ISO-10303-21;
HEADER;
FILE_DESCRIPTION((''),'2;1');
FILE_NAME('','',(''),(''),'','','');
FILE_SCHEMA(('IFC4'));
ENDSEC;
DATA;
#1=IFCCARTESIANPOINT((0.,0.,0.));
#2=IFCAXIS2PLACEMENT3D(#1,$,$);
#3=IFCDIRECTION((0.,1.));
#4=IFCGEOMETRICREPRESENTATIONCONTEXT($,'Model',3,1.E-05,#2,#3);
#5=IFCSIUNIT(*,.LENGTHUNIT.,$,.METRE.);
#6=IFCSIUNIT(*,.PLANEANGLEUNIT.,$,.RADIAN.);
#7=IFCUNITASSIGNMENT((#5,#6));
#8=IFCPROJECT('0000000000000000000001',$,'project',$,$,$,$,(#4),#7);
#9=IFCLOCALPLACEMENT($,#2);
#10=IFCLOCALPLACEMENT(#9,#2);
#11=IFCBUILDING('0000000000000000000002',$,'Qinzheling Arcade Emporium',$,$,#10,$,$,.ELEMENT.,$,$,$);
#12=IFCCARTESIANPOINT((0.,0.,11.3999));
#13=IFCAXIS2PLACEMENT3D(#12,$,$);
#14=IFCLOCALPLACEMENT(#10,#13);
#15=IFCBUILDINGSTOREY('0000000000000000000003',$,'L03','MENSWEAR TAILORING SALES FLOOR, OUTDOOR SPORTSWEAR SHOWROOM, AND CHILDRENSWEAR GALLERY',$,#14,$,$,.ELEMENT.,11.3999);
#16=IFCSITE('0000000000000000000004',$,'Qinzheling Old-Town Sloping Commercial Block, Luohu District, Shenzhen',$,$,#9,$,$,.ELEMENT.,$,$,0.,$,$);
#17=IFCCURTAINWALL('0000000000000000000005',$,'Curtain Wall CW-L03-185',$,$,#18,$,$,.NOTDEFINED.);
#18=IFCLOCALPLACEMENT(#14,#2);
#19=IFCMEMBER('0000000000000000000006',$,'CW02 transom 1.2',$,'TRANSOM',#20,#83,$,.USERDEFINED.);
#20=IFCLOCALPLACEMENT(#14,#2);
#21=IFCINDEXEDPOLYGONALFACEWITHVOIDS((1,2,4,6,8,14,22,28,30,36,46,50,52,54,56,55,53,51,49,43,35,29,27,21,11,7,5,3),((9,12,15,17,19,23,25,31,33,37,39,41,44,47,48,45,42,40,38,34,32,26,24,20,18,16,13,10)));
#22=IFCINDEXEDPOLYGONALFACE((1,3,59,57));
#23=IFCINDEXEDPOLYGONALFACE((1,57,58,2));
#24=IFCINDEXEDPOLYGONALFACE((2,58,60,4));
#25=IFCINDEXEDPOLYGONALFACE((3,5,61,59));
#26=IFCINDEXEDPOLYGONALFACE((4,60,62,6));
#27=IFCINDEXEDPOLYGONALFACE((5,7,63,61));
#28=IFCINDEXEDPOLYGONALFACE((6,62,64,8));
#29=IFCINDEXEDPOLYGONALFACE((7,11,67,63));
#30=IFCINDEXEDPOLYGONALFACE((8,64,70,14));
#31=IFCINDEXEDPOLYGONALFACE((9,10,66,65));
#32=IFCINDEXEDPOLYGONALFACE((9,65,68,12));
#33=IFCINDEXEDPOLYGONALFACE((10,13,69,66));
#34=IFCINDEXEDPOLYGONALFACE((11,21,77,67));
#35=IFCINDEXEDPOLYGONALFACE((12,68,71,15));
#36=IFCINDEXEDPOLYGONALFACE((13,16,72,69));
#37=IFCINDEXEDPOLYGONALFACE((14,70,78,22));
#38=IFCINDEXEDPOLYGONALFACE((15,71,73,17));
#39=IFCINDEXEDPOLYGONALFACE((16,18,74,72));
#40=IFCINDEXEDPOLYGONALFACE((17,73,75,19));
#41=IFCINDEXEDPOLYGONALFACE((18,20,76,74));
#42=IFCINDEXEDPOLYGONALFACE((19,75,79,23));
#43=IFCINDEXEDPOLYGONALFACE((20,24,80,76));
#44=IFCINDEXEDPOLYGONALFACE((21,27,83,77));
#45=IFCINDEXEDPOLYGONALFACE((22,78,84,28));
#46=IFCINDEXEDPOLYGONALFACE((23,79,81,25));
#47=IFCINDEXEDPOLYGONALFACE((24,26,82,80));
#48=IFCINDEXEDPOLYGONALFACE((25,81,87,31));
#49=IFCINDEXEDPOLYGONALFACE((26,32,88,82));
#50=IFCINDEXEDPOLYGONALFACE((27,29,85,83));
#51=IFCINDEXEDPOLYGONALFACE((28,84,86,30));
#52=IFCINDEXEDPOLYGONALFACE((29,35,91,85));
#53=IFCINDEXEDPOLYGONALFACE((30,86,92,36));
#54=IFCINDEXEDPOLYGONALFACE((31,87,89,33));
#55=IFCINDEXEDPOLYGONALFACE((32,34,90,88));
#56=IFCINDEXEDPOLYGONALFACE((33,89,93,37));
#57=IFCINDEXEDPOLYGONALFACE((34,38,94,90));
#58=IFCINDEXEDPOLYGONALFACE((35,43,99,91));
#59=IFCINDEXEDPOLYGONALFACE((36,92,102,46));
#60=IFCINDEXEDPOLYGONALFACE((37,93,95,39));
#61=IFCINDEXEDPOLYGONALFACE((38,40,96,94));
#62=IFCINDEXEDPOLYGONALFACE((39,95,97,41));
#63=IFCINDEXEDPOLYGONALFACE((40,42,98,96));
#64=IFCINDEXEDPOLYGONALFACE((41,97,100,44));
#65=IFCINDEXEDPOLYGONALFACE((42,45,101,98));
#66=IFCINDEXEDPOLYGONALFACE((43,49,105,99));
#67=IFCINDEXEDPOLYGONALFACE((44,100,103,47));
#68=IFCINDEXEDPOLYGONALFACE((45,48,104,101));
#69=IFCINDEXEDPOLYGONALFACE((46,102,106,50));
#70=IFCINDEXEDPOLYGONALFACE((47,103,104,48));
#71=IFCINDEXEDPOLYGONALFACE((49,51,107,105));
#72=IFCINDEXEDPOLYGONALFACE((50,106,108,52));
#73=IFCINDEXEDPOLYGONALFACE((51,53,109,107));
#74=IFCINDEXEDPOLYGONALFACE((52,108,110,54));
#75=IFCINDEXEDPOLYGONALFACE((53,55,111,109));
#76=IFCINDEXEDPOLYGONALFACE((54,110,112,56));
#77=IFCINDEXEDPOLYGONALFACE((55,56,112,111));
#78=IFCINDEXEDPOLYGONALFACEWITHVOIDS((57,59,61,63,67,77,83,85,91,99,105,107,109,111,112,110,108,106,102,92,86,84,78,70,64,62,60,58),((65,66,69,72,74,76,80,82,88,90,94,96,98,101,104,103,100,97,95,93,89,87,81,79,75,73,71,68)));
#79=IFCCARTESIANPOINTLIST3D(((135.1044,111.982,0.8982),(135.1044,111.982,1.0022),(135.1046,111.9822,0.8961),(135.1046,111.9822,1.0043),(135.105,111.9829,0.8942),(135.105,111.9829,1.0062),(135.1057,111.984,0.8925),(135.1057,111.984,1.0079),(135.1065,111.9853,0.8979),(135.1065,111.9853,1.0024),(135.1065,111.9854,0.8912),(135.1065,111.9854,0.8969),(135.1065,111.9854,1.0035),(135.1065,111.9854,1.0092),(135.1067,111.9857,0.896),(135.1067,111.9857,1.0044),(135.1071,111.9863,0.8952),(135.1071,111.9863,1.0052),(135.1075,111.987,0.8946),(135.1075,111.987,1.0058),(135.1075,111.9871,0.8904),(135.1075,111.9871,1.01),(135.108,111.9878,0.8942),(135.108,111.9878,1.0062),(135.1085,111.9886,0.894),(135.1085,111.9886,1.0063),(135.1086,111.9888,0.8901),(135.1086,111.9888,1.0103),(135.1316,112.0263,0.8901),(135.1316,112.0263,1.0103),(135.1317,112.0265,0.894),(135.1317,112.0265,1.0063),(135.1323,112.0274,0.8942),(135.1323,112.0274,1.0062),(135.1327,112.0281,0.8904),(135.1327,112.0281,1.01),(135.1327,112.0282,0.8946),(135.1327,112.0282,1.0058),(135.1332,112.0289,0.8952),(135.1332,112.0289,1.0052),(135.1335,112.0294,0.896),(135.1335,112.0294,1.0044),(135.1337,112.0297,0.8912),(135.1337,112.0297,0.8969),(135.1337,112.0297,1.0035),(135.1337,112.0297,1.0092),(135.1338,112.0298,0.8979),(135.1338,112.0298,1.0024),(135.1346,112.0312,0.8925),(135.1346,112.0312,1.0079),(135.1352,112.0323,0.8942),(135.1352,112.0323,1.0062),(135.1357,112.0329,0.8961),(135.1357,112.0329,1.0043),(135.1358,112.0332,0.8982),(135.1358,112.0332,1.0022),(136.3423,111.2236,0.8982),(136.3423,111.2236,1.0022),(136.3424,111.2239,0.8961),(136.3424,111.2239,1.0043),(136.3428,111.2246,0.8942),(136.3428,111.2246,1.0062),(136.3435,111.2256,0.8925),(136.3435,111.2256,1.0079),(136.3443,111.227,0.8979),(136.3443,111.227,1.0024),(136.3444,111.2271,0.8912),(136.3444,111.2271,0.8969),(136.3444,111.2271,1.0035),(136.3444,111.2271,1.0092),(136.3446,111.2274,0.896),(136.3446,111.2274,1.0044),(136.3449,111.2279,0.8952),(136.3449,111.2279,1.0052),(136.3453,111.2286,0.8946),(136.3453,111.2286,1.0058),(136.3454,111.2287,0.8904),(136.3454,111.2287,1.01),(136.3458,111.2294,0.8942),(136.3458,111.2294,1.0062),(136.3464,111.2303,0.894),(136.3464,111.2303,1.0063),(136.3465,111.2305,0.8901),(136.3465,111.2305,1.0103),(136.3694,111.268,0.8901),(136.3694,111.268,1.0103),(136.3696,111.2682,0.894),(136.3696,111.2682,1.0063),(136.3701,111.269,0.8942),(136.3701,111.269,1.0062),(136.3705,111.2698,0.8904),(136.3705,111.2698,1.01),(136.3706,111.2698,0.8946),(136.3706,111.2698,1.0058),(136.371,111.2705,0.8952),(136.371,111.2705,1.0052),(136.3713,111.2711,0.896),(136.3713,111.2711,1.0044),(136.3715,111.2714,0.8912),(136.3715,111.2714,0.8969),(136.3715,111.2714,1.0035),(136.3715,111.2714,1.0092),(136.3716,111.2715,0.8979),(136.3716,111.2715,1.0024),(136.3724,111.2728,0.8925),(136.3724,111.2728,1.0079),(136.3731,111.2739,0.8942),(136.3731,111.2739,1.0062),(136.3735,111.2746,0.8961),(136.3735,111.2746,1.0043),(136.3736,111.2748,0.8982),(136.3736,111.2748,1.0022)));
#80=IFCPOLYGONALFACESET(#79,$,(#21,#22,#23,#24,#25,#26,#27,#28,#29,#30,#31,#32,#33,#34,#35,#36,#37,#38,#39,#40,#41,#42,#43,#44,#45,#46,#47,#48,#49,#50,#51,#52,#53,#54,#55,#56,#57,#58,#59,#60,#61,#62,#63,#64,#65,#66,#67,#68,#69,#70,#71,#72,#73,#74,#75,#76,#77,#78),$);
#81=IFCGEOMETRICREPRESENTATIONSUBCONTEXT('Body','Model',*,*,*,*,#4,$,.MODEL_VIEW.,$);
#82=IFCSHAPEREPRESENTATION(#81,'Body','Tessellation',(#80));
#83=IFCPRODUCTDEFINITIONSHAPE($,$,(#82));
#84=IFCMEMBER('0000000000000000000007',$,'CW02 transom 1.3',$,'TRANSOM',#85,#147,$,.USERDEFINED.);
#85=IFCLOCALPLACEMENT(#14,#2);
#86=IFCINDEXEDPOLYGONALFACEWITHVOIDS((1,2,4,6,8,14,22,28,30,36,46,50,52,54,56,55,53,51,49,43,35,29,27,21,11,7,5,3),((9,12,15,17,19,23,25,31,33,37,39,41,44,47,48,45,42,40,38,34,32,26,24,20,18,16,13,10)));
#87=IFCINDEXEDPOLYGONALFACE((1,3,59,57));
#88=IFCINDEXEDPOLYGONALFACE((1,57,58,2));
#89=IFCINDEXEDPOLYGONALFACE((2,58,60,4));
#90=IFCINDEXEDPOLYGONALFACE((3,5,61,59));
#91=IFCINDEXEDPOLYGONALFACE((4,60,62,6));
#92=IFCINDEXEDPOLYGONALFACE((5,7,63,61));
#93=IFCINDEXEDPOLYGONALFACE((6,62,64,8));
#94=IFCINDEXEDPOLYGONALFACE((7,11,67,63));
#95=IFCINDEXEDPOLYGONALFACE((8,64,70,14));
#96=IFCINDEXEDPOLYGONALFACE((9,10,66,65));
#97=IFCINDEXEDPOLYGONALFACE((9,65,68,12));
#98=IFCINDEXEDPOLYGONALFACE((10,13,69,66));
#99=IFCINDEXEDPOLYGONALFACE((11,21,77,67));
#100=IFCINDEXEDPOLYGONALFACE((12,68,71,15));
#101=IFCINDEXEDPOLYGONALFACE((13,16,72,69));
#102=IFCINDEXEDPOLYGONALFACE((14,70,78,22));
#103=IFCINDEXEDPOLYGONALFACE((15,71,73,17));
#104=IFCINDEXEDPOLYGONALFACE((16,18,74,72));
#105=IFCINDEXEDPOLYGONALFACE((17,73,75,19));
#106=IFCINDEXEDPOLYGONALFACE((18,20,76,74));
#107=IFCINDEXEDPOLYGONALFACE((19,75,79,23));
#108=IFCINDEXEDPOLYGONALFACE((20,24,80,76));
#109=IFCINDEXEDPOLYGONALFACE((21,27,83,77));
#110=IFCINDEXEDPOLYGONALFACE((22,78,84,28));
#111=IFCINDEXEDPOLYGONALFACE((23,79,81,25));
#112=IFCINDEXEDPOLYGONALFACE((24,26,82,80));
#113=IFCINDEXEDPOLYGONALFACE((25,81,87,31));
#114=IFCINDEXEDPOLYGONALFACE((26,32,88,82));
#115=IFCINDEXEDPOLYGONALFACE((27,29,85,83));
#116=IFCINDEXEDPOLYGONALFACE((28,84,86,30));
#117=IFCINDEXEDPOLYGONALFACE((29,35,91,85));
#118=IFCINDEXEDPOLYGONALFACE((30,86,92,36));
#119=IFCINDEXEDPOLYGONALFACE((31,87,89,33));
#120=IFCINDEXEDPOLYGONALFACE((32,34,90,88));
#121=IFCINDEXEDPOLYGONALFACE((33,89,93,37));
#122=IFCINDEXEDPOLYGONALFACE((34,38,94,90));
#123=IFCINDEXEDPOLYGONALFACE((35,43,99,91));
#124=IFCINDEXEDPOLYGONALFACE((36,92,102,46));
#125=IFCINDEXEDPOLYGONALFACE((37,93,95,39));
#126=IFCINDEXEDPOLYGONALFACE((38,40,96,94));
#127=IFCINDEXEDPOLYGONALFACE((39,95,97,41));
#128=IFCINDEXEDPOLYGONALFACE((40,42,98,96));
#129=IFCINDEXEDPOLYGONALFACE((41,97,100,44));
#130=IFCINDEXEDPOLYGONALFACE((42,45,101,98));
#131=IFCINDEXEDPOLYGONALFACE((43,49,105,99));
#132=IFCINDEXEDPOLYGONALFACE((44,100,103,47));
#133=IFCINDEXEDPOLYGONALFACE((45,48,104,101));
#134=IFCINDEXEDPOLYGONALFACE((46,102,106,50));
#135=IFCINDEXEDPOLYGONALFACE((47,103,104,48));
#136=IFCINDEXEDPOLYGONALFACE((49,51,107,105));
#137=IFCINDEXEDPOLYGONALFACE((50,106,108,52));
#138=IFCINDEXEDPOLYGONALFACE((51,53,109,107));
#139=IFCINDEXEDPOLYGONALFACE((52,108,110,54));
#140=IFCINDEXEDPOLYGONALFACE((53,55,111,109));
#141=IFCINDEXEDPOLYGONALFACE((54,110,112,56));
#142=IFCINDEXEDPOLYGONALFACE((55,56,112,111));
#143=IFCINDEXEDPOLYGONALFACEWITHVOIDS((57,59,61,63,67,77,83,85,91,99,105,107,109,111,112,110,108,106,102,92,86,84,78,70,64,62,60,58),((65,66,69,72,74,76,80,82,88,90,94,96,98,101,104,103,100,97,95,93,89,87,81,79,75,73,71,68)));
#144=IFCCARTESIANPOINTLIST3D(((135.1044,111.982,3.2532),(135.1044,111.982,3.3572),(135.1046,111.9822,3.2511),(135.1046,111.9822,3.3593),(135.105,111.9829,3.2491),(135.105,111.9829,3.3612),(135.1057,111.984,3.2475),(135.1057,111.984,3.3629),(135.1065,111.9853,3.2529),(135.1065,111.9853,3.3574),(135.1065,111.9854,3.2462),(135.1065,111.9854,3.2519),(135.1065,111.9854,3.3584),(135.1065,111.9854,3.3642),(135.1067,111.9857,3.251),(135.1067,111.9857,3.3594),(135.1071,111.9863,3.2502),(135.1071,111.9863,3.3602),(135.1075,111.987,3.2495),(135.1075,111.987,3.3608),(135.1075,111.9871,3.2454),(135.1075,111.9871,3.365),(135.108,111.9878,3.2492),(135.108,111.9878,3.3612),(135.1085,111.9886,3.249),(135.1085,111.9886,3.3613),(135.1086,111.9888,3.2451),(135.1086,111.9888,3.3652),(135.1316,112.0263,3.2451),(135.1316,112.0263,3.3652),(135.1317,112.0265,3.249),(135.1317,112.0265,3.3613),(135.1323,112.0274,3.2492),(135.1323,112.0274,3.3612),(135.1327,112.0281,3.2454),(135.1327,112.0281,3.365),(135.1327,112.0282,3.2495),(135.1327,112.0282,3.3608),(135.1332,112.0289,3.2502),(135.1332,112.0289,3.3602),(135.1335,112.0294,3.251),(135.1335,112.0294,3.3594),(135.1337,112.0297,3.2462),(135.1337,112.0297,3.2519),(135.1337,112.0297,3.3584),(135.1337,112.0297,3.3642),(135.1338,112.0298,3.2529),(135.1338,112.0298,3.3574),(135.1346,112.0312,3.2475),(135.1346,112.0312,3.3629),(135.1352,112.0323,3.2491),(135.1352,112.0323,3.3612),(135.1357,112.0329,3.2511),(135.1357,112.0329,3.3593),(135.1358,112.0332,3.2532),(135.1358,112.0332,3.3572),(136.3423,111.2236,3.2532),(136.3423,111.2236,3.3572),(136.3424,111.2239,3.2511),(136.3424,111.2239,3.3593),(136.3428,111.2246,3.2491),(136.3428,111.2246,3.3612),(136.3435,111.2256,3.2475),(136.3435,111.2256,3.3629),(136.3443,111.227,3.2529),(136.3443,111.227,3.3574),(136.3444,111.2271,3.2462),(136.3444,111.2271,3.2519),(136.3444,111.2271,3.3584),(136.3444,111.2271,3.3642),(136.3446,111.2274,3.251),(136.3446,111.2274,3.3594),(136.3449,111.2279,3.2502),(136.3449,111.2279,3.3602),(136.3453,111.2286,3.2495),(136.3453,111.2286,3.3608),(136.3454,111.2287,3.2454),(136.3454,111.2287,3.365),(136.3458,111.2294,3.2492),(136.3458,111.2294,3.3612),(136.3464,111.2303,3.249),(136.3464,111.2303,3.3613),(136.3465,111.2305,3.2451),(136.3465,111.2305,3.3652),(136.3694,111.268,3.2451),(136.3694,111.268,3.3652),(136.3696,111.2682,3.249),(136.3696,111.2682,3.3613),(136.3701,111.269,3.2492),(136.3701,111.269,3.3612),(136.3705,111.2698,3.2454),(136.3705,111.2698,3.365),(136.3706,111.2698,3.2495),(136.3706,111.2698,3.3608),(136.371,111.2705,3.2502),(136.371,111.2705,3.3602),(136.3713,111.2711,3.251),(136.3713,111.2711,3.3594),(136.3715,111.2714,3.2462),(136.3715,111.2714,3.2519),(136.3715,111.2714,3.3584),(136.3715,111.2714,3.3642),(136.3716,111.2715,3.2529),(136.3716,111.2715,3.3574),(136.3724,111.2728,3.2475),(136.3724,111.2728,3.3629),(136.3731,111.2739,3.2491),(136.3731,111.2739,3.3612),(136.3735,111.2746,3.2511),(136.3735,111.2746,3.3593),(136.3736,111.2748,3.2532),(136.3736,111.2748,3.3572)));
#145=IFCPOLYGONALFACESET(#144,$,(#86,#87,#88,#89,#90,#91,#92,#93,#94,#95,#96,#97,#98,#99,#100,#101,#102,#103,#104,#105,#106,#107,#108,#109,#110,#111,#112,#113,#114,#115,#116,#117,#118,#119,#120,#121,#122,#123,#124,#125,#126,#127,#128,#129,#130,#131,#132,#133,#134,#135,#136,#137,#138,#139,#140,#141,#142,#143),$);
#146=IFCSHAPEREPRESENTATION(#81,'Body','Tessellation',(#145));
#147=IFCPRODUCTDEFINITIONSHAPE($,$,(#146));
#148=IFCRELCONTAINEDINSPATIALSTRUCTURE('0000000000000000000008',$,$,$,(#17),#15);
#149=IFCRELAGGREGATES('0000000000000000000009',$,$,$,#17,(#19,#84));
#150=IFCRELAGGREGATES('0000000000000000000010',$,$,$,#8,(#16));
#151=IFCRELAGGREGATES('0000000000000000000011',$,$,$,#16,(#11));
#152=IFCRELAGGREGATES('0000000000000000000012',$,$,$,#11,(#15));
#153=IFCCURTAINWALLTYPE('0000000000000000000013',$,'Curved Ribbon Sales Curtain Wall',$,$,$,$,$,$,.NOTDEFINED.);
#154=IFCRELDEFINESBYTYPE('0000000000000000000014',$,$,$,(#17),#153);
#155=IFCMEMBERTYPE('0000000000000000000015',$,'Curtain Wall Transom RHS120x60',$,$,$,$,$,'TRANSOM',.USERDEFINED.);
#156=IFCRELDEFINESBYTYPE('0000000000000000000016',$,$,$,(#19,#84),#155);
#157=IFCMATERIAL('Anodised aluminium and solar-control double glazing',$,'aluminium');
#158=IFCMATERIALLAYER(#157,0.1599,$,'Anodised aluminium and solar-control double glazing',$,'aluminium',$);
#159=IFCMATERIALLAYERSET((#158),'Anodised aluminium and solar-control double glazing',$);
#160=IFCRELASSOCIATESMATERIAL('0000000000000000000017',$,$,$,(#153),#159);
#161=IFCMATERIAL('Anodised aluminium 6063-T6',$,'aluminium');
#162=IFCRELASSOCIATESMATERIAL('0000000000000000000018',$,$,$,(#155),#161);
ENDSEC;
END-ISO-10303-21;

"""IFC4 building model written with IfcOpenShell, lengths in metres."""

from ifc_helpers import new_model, si_unit, direction, frame, origin, origin_2d, place, context, subcontext, project, spatial, hollow_rectangle, extrude, material, layer, layer_set, material_profile, profile_set, type_object, element, aggregate, save


model = new_model("IFC4")

# Units and contexts
model_context = context("Model", 3, precision=1e-05, world=origin(), true_north=direction((0.0, 1.0)))
body_context = subcontext(model_context, "Body", "Model", "MODEL_VIEW")
ifc_project = project(units=[si_unit("LENGTHUNIT", "METRE"), si_unit("PLANEANGLEUNIT", "RADIAN")], contexts=[model_context])

# Site, building, storey
site_placement = place(None, origin())
site = spatial("IfcSite", under=ifc_project, at=site_placement, Name="Qinzheling Old-Town Sloping Commercial Block, Luohu District, Shenzhen", CompositionType="ELEMENT", RefElevation=0.0)
building_placement = place(site_placement, origin())
building = spatial("IfcBuilding", under=site, at=building_placement, Name="Qinzheling Arcade Emporium", CompositionType="ELEMENT")
storey_placement = place(building_placement, frame((0.0, 0.0, 11.3999)))
storey = spatial("IfcBuildingStorey", under=building, at=storey_placement, Name="L03", Description="MENSWEAR TAILORING SALES FLOOR, OUTDOOR SPORTSWEAR SHOWROOM, AND CHILDRENSWEAR GALLERY", CompositionType="ELEMENT", Elevation=11.3999)

# Curtain wall
ifc_material_1 = material(Name="Anodised aluminium and solar-control double glazing", Category="aluminium")
ifc_layer_1 = layer(ifc_material_1, 0.1599, Name="Anodised aluminium and solar-control double glazing", Category="aluminium")
ifc_layer_set_1 = layer_set([ifc_layer_1], Name="Anodised aluminium and solar-control double glazing")
curtain_wall_type = type_object("IfcCurtainWallType", Name="Curved Ribbon Sales Curtain Wall", PredefinedType="NOTDEFINED", material=ifc_layer_set_1)
ifc_material_2 = material(Name="Anodised aluminium 6063-T6", Category="aluminium")
curtain_wall_1_placement = place(storey_placement, origin())
curtain_wall_1 = element("IfcCurtainWall", 1, at=curtain_wall_1_placement, inside=storey, type_object=curtain_wall_type, Name="Curtain Wall CW-L03-185", PredefinedType="NOTDEFINED")

# Members
ifc_material_profile_1 = material_profile(ifc_material_2, hollow_rectangle(XDim=0.0601, YDim=0.1201, WallThickness=0.0039, InnerFilletRadius=0.0039, OuterFilletRadius=0.0081, at=origin_2d()), Name="RHS 120x60x4", Category="aluminium")
ifc_profile_set_1 = profile_set([ifc_material_profile_1], Name="Anodised aluminium 6063-T6")
member_type_1 = type_object("IfcMemberType", Name="Curtain Wall Transom RHS120x60", ElementType="TRANSOM", PredefinedType="USERDEFINED", material=ifc_profile_set_1)
member_1_placement = place(storey_placement, frame((135.1201, 112.0076, 0.9502), z_axis=(0.852708, -0.522389, 0.0), x_axis=(0.522389, 0.852708, 0.0)))
member_1 = element("IfcMember", 2, at=member_1_placement, type_object=member_type_1, Name="CW02 transom 1.2", ObjectType="TRANSOM", PredefinedType="USERDEFINED", context=body_context, shape_type="SweptSolid", body=[
    extrude(hollow_rectangle(XDim=0.0601, YDim=0.1201, WallThickness=0.0039, InnerFilletRadius=0.0039, OuterFilletRadius=0.0081, at=origin_2d()), origin(), (0.0, 0.0, 1.0), 1.4517),
])
member_2_placement = place(storey_placement, frame((135.1201, 112.0076, 3.3052), z_axis=(0.852708, -0.522389, 0.0), x_axis=(0.522389, 0.852708, 0.0)))
member_2 = element("IfcMember", 3, at=member_2_placement, type_object=member_type_1, Name="CW02 transom 1.3", ObjectType="TRANSOM", PredefinedType="USERDEFINED", context=body_context, shape_type="SweptSolid", body=[
    extrude(hollow_rectangle(XDim=0.0601, YDim=0.1201, WallThickness=0.0039, InnerFilletRadius=0.0039, OuterFilletRadius=0.0081, at=origin_2d()), origin(), (0.0, 0.0, 1.0), 1.4517),
])

aggregate(curtain_wall_1, [member_1, member_2])

save(model, "model.ifc")
